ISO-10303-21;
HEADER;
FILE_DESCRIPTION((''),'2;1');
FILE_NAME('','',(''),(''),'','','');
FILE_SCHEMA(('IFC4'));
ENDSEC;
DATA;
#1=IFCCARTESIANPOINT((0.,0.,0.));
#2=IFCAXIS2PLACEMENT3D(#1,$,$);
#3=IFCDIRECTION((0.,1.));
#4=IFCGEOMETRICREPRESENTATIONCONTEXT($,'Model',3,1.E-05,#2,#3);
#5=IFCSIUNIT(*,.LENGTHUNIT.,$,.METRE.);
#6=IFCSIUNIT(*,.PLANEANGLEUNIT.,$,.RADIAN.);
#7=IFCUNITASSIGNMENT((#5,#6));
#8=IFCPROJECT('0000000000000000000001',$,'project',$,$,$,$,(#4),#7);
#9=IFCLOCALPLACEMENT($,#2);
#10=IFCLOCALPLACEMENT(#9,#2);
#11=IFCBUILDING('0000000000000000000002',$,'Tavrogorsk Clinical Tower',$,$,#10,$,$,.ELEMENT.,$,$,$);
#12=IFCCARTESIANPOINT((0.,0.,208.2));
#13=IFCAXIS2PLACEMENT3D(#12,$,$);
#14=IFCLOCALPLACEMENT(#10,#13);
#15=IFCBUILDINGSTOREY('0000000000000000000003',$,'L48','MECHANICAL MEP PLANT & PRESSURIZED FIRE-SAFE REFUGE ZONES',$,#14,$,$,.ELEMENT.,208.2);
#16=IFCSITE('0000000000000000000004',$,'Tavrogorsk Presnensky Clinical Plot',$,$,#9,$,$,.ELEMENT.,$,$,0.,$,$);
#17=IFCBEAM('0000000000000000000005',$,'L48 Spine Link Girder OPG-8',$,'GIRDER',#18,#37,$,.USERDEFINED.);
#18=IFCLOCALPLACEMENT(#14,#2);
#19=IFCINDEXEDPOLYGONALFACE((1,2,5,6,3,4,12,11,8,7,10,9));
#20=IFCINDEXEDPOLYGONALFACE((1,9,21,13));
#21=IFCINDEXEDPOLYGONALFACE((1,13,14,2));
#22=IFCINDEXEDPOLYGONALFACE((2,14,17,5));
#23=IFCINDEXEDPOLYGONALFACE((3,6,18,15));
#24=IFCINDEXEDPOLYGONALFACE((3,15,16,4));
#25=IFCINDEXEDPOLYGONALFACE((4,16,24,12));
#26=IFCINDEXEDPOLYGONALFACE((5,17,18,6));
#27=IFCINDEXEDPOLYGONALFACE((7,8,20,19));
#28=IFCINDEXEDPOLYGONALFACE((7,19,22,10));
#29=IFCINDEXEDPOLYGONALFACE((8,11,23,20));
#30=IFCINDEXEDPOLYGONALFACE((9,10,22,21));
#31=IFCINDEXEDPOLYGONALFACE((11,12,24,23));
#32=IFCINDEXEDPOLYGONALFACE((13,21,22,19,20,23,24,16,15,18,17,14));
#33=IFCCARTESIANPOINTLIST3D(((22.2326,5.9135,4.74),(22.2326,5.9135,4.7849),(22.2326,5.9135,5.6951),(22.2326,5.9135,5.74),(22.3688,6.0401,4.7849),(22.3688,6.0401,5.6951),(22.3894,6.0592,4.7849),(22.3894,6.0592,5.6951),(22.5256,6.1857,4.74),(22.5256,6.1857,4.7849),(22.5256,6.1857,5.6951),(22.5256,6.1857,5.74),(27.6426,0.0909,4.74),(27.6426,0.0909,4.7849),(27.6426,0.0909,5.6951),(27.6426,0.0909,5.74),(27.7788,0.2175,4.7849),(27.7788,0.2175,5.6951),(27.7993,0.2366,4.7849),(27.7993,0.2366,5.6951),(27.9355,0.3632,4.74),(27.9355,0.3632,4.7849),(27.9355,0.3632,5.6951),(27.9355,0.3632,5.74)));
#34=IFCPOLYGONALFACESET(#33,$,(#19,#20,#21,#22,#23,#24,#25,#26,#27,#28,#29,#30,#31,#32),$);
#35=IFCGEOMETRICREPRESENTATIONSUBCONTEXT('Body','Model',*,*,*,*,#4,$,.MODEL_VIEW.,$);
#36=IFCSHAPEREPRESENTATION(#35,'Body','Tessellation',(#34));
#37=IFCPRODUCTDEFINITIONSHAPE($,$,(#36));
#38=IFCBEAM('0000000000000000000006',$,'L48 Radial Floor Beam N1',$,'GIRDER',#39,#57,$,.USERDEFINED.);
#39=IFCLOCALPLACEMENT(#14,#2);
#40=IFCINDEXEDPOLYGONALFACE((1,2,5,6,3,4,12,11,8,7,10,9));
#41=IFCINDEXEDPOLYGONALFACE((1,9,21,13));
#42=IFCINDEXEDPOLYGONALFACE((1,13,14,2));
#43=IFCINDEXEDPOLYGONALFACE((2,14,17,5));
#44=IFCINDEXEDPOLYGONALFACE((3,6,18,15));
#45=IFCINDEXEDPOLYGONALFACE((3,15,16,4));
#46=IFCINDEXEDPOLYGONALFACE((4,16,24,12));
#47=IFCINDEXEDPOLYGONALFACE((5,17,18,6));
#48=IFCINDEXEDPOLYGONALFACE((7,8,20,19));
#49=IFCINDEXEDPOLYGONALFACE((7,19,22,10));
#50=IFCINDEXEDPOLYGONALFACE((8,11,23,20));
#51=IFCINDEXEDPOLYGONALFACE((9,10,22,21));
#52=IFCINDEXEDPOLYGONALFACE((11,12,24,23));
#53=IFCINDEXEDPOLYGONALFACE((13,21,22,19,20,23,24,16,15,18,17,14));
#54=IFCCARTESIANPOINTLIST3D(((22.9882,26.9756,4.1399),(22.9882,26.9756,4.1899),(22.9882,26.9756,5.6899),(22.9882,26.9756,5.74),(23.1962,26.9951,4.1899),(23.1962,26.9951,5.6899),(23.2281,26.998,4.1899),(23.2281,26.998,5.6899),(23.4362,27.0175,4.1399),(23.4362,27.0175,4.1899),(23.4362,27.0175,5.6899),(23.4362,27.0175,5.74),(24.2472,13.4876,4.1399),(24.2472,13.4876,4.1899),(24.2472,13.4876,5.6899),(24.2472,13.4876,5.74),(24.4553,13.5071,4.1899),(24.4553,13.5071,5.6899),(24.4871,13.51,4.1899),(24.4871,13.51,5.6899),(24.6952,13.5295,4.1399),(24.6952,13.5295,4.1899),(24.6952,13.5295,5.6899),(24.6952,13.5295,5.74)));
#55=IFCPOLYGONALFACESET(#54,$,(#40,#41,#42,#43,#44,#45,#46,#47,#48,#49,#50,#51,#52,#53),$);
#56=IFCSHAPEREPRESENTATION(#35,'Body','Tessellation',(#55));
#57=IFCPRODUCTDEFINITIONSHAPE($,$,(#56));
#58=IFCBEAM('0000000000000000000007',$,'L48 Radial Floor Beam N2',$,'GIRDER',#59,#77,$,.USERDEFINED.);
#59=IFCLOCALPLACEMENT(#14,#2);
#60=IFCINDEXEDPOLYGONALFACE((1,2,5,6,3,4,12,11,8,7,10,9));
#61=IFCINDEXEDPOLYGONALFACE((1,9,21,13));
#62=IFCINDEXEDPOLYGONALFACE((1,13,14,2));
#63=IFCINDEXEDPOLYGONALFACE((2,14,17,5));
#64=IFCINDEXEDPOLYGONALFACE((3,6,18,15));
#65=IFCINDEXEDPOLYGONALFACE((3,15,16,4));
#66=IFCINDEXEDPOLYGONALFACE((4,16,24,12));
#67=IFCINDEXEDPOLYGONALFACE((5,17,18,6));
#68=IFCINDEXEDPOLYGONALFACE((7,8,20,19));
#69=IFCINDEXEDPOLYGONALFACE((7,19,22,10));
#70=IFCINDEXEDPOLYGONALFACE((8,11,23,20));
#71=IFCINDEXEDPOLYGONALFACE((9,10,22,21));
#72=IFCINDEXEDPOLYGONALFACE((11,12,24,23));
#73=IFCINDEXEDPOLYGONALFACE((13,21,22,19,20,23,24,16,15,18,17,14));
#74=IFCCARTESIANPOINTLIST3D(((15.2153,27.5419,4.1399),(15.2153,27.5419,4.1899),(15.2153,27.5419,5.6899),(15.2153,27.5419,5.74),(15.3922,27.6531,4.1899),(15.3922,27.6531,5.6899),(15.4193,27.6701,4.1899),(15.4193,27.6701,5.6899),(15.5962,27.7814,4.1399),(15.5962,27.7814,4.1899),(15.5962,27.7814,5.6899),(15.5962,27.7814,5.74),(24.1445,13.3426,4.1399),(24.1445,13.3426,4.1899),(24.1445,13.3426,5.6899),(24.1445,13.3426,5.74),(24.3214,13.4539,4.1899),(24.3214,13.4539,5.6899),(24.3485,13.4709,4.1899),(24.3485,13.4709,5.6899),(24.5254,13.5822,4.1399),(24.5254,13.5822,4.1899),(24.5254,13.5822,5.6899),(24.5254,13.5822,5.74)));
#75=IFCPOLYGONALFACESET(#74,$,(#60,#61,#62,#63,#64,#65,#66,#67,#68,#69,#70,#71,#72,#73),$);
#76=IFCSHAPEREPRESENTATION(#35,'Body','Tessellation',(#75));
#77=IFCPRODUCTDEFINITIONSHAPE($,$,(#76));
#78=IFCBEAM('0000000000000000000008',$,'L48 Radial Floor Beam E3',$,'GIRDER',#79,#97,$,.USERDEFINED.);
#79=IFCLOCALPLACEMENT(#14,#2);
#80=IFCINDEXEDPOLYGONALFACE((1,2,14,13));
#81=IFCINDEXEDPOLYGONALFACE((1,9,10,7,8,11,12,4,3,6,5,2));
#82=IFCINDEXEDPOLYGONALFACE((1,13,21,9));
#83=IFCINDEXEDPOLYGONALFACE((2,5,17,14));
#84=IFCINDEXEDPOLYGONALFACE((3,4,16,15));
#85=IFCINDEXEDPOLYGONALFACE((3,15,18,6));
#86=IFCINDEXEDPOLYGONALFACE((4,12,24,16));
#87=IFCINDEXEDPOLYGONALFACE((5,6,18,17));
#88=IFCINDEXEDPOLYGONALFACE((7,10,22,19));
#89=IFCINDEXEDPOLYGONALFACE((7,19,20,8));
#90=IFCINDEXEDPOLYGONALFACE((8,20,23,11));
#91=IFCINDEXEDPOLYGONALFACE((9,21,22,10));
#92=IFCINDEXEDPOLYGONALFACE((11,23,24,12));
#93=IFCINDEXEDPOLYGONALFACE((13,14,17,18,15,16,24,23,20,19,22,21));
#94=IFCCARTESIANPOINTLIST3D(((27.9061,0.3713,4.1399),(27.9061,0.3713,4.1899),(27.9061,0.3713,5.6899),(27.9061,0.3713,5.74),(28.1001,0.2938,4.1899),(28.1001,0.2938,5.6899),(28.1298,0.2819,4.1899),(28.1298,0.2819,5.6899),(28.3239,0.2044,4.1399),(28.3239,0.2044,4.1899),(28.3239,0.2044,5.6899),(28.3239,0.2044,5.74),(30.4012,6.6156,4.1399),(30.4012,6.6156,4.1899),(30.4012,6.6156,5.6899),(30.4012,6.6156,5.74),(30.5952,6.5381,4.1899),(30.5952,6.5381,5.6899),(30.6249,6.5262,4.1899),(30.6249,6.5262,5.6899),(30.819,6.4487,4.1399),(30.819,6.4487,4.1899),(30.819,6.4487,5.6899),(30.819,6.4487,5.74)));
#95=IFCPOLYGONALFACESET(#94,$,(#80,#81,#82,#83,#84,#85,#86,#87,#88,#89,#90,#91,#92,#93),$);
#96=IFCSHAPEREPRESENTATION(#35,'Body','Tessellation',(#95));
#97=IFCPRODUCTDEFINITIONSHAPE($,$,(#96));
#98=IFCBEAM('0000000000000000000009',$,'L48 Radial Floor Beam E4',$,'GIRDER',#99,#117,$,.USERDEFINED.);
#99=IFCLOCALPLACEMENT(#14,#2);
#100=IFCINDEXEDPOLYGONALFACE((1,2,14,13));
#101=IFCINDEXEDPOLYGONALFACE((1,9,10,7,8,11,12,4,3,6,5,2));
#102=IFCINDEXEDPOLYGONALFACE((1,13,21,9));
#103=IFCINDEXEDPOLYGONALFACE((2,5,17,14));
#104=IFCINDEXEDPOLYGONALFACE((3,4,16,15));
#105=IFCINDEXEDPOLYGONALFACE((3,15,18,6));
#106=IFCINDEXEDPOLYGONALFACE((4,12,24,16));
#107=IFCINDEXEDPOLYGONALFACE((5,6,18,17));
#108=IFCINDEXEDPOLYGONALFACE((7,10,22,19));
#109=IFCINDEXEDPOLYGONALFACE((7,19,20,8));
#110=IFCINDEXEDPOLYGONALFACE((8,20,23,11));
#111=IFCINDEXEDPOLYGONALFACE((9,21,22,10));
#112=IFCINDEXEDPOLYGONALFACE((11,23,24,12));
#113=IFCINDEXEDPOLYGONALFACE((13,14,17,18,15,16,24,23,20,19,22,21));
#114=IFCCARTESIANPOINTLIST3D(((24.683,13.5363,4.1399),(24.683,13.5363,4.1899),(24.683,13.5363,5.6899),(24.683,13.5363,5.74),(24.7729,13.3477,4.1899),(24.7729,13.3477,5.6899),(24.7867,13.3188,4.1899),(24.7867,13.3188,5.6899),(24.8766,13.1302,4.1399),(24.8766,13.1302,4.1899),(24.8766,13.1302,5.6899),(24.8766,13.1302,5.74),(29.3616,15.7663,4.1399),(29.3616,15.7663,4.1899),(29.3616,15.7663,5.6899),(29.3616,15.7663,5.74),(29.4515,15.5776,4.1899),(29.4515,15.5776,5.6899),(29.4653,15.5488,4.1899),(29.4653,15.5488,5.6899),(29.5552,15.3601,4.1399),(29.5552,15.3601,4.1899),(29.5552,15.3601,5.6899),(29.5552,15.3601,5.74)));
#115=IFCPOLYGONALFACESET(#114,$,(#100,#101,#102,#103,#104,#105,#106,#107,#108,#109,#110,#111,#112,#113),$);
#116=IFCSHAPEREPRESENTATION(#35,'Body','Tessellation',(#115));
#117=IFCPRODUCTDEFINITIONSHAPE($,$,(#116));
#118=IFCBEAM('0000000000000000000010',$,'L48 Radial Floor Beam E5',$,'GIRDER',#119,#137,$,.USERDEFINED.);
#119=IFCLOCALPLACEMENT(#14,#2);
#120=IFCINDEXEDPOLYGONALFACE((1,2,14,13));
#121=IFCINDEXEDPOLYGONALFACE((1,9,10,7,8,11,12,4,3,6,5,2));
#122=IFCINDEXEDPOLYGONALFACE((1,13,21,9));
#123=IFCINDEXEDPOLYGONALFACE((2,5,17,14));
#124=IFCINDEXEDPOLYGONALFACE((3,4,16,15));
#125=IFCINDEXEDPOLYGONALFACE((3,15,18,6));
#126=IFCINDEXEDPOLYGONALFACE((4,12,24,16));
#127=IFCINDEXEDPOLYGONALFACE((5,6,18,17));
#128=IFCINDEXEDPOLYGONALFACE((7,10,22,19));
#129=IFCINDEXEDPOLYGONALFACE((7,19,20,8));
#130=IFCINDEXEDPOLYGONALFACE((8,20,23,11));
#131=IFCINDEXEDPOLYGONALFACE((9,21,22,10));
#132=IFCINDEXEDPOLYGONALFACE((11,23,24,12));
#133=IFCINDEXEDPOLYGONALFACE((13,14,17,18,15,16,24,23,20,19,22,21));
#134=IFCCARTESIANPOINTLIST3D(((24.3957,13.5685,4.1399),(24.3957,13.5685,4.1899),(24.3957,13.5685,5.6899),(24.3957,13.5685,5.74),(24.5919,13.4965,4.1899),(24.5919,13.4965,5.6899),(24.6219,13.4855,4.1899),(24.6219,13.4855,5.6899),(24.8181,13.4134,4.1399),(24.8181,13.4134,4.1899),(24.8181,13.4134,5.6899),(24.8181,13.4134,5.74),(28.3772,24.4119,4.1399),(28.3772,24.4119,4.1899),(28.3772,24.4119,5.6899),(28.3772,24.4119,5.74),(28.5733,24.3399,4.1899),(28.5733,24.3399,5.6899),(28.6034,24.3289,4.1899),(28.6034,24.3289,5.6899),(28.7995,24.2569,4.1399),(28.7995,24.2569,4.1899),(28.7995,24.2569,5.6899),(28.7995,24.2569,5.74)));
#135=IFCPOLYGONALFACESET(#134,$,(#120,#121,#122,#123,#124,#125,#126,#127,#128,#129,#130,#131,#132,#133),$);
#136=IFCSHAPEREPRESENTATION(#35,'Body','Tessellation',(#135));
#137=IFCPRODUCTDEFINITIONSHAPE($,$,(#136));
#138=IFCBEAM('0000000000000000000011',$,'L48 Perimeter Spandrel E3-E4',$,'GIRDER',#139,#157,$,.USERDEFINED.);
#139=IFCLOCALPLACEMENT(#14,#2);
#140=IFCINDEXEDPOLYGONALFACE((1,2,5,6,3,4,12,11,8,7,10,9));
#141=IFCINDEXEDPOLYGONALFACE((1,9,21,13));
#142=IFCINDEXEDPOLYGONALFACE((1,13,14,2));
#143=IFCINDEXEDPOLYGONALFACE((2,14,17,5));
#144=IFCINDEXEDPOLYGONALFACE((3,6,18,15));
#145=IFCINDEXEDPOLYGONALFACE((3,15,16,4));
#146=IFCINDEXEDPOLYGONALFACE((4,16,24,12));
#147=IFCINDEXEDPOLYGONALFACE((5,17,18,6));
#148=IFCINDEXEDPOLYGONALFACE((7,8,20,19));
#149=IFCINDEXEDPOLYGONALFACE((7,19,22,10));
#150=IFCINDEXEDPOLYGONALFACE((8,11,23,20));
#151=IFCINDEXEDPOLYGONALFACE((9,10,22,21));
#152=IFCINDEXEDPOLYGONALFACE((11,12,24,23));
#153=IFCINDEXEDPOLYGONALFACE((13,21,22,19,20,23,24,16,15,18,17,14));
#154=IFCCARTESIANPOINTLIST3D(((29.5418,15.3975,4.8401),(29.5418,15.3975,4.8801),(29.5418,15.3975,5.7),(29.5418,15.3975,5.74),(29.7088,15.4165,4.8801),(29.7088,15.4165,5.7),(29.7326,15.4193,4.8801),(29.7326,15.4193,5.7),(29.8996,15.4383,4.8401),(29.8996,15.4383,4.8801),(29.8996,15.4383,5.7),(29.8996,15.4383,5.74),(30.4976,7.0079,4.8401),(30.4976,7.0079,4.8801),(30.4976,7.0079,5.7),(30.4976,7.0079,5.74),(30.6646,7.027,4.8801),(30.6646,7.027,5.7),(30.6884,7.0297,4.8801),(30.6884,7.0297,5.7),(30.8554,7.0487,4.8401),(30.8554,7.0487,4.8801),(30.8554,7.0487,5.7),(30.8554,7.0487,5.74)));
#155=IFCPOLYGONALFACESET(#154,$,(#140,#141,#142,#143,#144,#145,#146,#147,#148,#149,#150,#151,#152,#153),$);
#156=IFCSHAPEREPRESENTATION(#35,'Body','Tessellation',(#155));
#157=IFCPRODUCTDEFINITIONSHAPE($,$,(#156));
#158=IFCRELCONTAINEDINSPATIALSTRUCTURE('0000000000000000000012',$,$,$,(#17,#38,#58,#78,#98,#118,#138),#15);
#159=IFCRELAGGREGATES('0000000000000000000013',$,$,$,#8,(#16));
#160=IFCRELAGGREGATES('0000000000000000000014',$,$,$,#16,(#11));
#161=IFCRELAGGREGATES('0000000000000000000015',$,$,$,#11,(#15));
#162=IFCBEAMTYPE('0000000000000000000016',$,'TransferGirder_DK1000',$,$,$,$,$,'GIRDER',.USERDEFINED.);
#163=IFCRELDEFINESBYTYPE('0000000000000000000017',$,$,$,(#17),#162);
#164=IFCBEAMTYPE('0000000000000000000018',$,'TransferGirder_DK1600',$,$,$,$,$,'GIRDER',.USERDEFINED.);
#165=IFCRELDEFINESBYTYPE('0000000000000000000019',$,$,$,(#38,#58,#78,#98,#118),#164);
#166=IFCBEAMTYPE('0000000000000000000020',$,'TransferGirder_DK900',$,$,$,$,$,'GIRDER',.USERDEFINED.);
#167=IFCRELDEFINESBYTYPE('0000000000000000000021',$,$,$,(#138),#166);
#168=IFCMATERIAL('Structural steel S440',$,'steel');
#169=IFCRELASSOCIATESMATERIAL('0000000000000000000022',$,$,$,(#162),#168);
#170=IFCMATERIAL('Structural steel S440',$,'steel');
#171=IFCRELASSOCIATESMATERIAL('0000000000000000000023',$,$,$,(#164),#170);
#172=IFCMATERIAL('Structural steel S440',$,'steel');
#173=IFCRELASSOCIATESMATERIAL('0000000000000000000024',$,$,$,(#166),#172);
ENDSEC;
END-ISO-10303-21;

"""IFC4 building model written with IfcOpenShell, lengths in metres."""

from ifc_helpers import new_model, si_unit, direction, frame, origin, origin_2d, place, context, subcontext, project, spatial, i_section, extrude, material, material_profile, profile_set, type_object, element, save


model = new_model("IFC4")

# Units and contexts
model_context = context("Model", 3, precision=1e-05, world=origin(), true_north=direction((0.0, 1.0)))
body_context = subcontext(model_context, "Body", "Model", "MODEL_VIEW")
ifc_project = project(units=[si_unit("LENGTHUNIT", "METRE"), si_unit("PLANEANGLEUNIT", "RADIAN")], contexts=[model_context])

# Site, building, storey
site_placement = place(None, origin())
site = spatial("IfcSite", under=ifc_project, at=site_placement, Name="Tavrogorsk Presnensky Clinical Plot", CompositionType="ELEMENT", RefElevation=0.0)
building_placement = place(site_placement, origin())
building = spatial("IfcBuilding", under=site, at=building_placement, Name="Tavrogorsk Clinical Tower", CompositionType="ELEMENT")
storey_placement = place(building_placement, frame((0.0, 0.0, 208.2)))
storey = spatial("IfcBuildingStorey", under=building, at=storey_placement, Name="L48", Description="MECHANICAL MEP PLANT & PRESSURIZED FIRE-SAFE REFUGE ZONES", CompositionType="ELEMENT", Elevation=208.2)

# Beams
ifc_material_1 = material(Name="Structural steel S440", Category="steel")
ifc_material_profile_1 = material_profile(ifc_material_1, i_section(OverallWidth=0.3999, OverallDepth=1.0, WebThickness=0.0281, FlangeThickness=0.0449, at=origin_2d()), Name="DK-1000x400x28x45")
ifc_profile_set_1 = profile_set([ifc_material_profile_1], Name="Structural steel S440")
beam_type_1 = type_object("IfcBeamType", Name="TransferGirder_DK1000", ElementType="GIRDER", PredefinedType="USERDEFINED", material=ifc_profile_set_1)
beam_1_placement = place(storey_placement, frame((27.7891, 0.2271, 5.24), z_axis=(-0.680674, 0.732587, 0.0), x_axis=(-0.732587, -0.680674, 0.0)))
element("IfcBeam", 1, at=beam_1_placement, inside=storey, type_object=beam_type_1, Name="L48 Spine Link Girder OPG-8", ObjectType="GIRDER", PredefinedType="USERDEFINED", context=body_context, shape_type="SweptSolid", body=[
    extrude(i_section(OverallWidth=0.3999, OverallDepth=1.0, WebThickness=0.0281, FlangeThickness=0.0449, at=origin_2d()), origin(), (0.0, 0.0, 1.0), 7.948),
])
ifc_material_2 = material(Name="Structural steel S440", Category="steel")
ifc_material_profile_2 = material_profile(ifc_material_2, i_section(OverallWidth=0.45, OverallDepth=1.6001, WebThickness=0.032, FlangeThickness=0.05, at=origin_2d()), Name="DK-1600x450x32x50")
ifc_profile_set_2 = profile_set([ifc_material_profile_2], Name="Structural steel S440")
beam_type_2 = type_object("IfcBeamType", Name="TransferGirder_DK1600", ElementType="GIRDER", PredefinedType="USERDEFINED", material=ifc_profile_set_2)
beam_2_placement = place(storey_placement, frame((24.4712, 13.5085, 4.9399), z_axis=(-0.09294, 0.995672, 0.0), x_axis=(-0.995672, -0.09294, 0.0)))
element("IfcBeam", 2, at=beam_2_placement, inside=storey, type_object=beam_type_2, Name="L48 Radial Floor Beam N1", ObjectType="GIRDER", PredefinedType="USERDEFINED", context=body_context, shape_type="SweptSolid", body=[
    extrude(i_section(OverallWidth=0.45, OverallDepth=1.6001, WebThickness=0.032, FlangeThickness=0.05, at=origin_2d()), origin(), (0.0, 0.0, 1.0), 13.5466),
])
beam_3_placement = place(storey_placement, frame((24.335, 13.4624, 4.9399), z_axis=(-0.532341, 0.84653, 0.0), x_axis=(-0.84653, -0.532341, 0.0)))
element("IfcBeam", 3, at=beam_3_placement, inside=storey, type_object=beam_type_2, Name="L48 Radial Floor Beam N2", ObjectType="GIRDER", PredefinedType="USERDEFINED", context=body_context, shape_type="SweptSolid", body=[
    extrude(i_section(OverallWidth=0.45, OverallDepth=1.6001, WebThickness=0.032, FlangeThickness=0.05, at=origin_2d()), origin(), (0.0, 0.0, 1.0), 16.7734),
])
beam_4_placement = place(storey_placement, frame((28.115, 0.2878, 4.9399), z_axis=(0.371053, 0.928612, 0.0), x_axis=(-0.928612, 0.371053, 0.0)))
element("IfcBeam", 4, at=beam_4_placement, inside=storey, type_object=beam_type_2, Name="L48 Radial Floor Beam E3", ObjectType="GIRDER", PredefinedType="USERDEFINED", context=body_context, shape_type="SweptSolid", body=[
    extrude(i_section(OverallWidth=0.45, OverallDepth=1.6001, WebThickness=0.032, FlangeThickness=0.05, at=origin_2d()), origin(), (0.0, 0.0, 1.0), 6.7244),
])
beam_5_placement = place(storey_placement, frame((24.7798, 13.3333, 4.9399), z_axis=(0.902709, 0.430252, 0.0), x_axis=(-0.430252, 0.902709, 0.0)))
element("IfcBeam", 5, at=beam_5_placement, inside=storey, type_object=beam_type_2, Name="L48 Radial Floor Beam E4", ObjectType="GIRDER", PredefinedType="USERDEFINED", context=body_context, shape_type="SweptSolid", body=[
    extrude(i_section(OverallWidth=0.45, OverallDepth=1.6001, WebThickness=0.032, FlangeThickness=0.05, at=origin_2d()), origin(), (0.0, 0.0, 1.0), 5.1829),
])
beam_6_placement = place(storey_placement, frame((24.6069, 13.491, 4.9399), z_axis=(0.344674, 0.938723, 0.0), x_axis=(-0.938723, 0.344674, 0.0)))
element("IfcBeam", 6, at=beam_6_placement, inside=storey, type_object=beam_type_2, Name="L48 Radial Floor Beam E5", ObjectType="GIRDER", PredefinedType="USERDEFINED", context=body_context, shape_type="SweptSolid", body=[
    extrude(i_section(OverallWidth=0.45, OverallDepth=1.6001, WebThickness=0.032, FlangeThickness=0.05, at=origin_2d()), origin(), (0.0, 0.0, 1.0), 11.5513),
])
ifc_material_3 = material(Name="Structural steel S440", Category="steel")
ifc_material_profile_3 = material_profile(ifc_material_3, i_section(OverallWidth=0.3601, OverallDepth=0.8999, WebThickness=0.0239, FlangeThickness=0.04, at=origin_2d()), Name="DK-900x360x24x40")
ifc_profile_set_3 = profile_set([ifc_material_profile_3], Name="Structural steel S440")
beam_type_3 = type_object("IfcBeamType", Name="TransferGirder_DK900", ElementType="GIRDER", PredefinedType="USERDEFINED", material=ifc_profile_set_3)
beam_7_placement = place(storey_placement, frame((30.6765, 7.0283, 5.29), z_axis=(-0.113195, 0.993573, 0.0), x_axis=(-0.993573, -0.113195, 0.0)))
element("IfcBeam", 7, at=beam_7_placement, inside=storey, type_object=beam_type_3, Name="L48 Perimeter Spandrel E3-E4", ObjectType="GIRDER", PredefinedType="USERDEFINED", context=body_context, shape_type="SweptSolid", body=[
    extrude(i_section(OverallWidth=0.3601, OverallDepth=0.8999, WebThickness=0.0239, FlangeThickness=0.04, at=origin_2d()), origin(), (0.0, 0.0, 1.0), 8.4438),
])

save(model, "model.ifc")
